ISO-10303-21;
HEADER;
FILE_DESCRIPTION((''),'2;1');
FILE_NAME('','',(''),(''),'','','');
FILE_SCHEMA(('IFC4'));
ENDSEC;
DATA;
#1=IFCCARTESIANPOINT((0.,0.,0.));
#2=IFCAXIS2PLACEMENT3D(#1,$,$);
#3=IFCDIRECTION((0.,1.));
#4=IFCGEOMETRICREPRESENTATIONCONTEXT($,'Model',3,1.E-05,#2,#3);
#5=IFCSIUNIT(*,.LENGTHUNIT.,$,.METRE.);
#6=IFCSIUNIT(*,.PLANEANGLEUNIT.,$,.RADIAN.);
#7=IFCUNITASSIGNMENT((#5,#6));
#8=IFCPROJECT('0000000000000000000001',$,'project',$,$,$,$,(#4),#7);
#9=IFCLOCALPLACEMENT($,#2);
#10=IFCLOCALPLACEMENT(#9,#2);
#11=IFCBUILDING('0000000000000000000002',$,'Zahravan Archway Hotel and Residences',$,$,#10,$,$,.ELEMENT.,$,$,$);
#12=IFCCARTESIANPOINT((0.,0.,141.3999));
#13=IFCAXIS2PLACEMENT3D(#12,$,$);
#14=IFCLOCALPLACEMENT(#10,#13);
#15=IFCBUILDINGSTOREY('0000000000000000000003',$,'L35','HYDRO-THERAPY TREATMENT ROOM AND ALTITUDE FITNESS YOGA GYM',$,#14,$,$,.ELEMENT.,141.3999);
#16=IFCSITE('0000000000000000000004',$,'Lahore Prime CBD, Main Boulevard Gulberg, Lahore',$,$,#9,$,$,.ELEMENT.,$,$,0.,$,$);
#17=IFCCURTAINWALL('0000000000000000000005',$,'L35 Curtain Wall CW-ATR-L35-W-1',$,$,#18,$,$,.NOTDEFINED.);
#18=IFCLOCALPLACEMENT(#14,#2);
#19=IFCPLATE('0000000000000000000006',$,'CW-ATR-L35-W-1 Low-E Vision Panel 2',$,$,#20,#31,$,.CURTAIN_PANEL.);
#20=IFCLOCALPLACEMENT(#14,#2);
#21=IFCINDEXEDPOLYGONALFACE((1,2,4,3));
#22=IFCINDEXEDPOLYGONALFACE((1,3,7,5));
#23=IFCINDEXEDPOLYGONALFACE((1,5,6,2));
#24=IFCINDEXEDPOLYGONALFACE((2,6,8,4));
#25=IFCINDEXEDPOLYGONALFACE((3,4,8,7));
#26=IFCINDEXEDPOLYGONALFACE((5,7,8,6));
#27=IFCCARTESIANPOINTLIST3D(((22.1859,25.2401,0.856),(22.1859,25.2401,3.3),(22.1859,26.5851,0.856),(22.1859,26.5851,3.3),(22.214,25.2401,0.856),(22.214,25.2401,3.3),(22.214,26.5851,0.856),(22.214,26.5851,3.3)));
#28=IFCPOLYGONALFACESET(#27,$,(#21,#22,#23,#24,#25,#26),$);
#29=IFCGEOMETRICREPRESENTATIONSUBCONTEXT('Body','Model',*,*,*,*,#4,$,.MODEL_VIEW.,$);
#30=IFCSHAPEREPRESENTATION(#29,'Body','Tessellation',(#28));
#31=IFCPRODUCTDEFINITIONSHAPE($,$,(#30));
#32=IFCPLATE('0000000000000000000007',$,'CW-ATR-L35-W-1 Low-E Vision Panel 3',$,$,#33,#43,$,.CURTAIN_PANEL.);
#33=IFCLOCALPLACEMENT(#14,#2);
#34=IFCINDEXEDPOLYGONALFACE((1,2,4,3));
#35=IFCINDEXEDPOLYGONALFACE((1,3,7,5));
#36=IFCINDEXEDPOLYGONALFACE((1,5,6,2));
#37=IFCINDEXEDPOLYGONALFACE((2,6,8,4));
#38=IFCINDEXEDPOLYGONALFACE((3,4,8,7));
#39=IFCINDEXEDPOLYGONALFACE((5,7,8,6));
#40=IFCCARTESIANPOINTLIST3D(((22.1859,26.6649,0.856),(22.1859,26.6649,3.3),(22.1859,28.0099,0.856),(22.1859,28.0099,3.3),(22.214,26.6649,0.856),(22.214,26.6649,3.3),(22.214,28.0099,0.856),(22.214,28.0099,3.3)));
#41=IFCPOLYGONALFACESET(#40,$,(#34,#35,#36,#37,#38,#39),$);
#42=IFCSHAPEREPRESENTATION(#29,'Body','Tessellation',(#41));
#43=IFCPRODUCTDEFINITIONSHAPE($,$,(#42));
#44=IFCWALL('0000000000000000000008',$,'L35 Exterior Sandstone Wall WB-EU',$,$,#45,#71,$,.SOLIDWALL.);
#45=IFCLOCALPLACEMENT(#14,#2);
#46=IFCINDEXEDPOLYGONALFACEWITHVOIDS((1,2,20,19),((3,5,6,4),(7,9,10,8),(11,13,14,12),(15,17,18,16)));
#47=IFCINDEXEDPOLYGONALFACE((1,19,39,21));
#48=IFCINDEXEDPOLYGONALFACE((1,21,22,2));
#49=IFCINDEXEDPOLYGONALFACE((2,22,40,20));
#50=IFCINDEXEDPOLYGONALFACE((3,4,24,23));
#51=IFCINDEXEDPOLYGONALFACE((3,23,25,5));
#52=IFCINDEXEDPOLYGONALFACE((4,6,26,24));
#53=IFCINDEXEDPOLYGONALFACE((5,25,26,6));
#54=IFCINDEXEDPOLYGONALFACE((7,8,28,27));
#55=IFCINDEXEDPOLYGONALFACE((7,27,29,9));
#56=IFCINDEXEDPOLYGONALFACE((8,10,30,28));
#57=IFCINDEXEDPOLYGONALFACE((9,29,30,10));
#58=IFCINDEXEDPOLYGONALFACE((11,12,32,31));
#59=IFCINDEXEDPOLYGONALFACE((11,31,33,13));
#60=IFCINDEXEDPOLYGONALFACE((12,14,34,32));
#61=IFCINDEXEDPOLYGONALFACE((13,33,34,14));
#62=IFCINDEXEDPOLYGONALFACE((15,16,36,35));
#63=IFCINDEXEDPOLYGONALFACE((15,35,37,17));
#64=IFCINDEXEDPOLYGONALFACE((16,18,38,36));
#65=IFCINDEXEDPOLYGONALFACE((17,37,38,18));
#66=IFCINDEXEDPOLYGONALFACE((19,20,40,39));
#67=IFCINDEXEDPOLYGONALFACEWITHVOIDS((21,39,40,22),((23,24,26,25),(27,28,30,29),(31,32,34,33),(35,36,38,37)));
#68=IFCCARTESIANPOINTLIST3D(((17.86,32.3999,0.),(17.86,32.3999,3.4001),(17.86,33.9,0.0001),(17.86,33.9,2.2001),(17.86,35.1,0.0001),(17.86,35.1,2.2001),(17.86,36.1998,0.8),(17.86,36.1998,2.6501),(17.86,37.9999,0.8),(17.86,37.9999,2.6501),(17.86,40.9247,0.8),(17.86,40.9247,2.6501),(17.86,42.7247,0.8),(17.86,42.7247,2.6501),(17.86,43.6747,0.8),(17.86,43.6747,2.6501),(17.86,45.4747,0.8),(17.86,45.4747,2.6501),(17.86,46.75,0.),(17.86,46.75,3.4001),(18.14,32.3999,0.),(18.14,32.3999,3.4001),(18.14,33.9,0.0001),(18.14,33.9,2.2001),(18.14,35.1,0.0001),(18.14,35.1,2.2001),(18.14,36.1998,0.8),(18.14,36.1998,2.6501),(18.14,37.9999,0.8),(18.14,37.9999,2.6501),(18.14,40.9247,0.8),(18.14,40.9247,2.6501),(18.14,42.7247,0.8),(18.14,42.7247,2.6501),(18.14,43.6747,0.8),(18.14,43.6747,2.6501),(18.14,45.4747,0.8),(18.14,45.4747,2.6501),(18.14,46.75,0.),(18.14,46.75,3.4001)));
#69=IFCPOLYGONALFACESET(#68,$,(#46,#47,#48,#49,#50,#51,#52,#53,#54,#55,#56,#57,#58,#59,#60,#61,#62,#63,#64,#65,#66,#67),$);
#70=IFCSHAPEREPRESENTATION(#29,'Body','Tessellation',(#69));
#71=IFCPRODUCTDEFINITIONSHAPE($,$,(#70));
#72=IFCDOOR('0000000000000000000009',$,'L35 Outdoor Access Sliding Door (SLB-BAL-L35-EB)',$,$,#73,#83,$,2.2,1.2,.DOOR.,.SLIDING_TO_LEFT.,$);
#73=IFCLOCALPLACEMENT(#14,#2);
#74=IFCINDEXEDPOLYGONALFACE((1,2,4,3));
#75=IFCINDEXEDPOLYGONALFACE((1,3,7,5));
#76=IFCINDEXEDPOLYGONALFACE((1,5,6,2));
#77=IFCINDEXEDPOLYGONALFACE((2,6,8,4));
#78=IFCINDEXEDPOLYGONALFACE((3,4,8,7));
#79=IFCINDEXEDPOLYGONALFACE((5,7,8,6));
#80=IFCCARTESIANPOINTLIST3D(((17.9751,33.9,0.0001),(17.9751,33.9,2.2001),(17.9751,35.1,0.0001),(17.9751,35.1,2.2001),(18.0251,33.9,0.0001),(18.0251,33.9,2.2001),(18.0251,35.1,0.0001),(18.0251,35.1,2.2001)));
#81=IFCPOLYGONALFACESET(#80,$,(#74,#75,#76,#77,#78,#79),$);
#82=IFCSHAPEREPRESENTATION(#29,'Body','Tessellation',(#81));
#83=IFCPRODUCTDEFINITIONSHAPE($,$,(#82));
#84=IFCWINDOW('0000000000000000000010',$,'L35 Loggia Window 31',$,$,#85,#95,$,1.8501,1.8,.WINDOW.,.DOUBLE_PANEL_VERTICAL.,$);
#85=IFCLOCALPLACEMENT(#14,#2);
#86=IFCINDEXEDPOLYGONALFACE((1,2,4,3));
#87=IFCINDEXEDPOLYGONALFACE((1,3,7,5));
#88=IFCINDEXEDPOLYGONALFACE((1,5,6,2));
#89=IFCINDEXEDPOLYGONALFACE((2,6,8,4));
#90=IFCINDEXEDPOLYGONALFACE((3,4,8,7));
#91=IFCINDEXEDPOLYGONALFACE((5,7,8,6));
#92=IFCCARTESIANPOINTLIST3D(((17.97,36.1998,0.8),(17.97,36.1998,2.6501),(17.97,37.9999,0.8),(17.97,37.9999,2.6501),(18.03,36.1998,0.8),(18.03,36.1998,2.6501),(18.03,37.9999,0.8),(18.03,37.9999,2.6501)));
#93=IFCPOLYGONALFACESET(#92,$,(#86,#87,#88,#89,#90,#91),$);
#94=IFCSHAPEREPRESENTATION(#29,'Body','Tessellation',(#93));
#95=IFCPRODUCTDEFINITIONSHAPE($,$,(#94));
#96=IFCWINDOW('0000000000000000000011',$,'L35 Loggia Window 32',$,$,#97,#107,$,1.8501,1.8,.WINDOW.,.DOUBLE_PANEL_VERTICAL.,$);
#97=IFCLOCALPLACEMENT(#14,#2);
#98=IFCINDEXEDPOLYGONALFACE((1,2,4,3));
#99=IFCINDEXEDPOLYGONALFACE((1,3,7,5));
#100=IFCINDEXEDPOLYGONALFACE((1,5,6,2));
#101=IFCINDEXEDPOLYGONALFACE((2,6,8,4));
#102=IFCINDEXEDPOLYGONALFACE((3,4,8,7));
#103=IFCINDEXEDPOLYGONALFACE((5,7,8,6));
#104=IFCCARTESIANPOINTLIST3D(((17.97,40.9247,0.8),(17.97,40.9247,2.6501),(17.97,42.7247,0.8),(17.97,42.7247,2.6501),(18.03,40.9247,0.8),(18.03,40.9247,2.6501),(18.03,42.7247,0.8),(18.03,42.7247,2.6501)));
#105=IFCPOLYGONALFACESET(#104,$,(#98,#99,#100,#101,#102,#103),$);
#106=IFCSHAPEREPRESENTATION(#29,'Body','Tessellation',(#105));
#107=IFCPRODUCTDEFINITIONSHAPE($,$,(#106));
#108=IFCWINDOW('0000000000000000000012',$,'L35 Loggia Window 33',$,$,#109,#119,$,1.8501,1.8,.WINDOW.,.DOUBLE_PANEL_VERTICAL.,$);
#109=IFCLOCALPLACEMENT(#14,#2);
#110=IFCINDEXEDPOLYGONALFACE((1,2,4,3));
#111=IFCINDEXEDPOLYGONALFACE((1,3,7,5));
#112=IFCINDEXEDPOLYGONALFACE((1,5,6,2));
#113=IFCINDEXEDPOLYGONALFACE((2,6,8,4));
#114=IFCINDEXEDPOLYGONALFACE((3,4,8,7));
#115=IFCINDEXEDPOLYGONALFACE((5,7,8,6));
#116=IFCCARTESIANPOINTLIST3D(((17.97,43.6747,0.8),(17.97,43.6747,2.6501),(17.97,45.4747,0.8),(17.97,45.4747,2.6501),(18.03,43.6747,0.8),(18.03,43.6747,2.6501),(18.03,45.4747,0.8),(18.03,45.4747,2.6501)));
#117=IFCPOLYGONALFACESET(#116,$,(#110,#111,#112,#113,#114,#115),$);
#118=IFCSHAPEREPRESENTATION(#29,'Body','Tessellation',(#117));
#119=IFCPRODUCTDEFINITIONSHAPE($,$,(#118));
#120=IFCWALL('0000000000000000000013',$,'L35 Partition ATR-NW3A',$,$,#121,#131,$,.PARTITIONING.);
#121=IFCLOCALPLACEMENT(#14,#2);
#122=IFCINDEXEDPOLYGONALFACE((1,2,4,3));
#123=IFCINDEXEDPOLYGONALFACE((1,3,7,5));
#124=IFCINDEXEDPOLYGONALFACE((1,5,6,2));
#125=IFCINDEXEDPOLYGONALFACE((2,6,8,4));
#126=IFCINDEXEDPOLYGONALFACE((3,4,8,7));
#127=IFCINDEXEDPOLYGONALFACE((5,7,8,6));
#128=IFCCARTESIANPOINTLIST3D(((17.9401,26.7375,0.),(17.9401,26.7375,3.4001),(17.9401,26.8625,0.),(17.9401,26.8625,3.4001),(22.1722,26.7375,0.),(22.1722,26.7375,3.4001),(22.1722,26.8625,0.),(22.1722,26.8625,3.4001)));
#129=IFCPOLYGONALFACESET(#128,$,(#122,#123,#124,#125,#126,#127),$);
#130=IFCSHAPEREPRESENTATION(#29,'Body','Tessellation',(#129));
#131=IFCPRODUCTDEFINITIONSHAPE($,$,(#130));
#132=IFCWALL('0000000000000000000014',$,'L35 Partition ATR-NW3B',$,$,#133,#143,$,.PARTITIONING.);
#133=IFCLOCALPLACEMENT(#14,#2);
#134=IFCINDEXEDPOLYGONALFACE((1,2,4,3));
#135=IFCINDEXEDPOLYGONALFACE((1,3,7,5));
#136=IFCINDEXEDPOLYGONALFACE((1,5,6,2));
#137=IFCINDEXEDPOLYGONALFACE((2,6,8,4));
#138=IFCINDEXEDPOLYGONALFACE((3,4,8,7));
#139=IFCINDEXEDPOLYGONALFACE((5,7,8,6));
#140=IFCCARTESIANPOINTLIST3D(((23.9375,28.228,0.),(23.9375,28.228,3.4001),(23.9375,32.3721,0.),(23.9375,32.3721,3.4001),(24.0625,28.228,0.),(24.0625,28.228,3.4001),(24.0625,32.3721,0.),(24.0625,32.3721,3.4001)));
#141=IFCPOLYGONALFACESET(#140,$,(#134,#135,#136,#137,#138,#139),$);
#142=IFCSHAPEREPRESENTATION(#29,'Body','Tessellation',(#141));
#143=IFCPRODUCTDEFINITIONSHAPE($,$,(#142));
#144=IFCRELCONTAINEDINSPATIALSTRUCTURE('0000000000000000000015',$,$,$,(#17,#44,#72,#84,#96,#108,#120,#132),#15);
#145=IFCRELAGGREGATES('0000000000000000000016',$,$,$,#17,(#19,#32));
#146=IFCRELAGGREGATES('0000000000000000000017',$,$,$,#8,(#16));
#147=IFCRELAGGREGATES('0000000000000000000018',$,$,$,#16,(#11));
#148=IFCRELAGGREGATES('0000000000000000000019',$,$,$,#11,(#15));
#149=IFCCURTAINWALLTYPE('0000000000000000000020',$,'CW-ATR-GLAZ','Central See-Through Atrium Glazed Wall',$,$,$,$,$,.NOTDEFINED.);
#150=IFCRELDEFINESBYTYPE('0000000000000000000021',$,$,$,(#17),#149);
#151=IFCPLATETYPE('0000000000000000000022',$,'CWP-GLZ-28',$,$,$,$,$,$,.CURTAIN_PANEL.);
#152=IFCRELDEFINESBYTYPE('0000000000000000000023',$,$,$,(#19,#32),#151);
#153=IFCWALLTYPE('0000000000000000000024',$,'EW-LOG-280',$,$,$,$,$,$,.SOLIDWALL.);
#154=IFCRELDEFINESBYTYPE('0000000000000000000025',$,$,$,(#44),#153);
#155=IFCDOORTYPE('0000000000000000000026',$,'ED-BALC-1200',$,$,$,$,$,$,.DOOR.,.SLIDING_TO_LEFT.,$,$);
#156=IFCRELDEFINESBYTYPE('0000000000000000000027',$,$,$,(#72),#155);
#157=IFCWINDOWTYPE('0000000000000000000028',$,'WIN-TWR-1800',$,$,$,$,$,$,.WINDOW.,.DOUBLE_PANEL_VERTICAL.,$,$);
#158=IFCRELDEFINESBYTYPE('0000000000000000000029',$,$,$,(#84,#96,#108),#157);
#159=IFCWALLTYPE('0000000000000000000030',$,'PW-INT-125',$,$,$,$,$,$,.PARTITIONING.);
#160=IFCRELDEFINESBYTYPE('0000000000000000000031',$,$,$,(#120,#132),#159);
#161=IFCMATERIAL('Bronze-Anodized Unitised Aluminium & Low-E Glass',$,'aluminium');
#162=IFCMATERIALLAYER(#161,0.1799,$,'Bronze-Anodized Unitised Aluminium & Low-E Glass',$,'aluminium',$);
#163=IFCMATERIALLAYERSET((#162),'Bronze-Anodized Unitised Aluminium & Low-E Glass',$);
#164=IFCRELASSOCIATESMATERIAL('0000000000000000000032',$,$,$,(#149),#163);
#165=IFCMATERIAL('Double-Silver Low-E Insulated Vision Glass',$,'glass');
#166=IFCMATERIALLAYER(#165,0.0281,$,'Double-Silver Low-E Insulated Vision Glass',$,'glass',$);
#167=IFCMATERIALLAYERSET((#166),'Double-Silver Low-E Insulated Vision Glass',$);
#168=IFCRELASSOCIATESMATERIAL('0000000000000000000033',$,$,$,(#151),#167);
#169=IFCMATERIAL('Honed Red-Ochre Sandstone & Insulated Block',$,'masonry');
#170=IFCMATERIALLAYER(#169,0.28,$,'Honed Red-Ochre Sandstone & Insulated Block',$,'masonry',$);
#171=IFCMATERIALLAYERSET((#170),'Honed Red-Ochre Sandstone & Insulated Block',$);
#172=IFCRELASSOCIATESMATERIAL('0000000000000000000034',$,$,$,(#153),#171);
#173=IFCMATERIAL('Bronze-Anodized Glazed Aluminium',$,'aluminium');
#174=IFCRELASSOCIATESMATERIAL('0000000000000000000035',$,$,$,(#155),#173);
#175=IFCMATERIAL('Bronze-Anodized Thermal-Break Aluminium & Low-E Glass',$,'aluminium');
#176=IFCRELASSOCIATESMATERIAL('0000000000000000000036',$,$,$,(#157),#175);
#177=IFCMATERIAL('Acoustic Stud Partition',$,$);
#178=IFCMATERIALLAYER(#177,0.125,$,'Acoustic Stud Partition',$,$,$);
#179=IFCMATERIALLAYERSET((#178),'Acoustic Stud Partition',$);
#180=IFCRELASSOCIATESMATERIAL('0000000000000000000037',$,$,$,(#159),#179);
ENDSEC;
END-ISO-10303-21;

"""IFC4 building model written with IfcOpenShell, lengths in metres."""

from ifc_helpers import new_model, si_unit, direction, frame, frame_2d, origin, origin_2d, place, context, subcontext, project, spatial, rectangle, extrude, source, transform, mapped, material, layer, layer_set, type_object, type_shapes, element, fill, aggregate, save


model = new_model("IFC4")

# Units and contexts
model_context = context("Model", 3, precision=1e-05, world=origin(), true_north=direction((0.0, 1.0)))
body_context = subcontext(model_context, "Body", "Model", "MODEL_VIEW")
ifc_project = project(units=[si_unit("LENGTHUNIT", "METRE"), si_unit("PLANEANGLEUNIT", "RADIAN")], contexts=[model_context])

# Site, building, storey
site_placement = place(None, origin())
site = spatial("IfcSite", under=ifc_project, at=site_placement, Name="Lahore Prime CBD, Main Boulevard Gulberg, Lahore", CompositionType="ELEMENT", RefElevation=0.0)
building_placement = place(site_placement, origin())
building = spatial("IfcBuilding", under=site, at=building_placement, Name="Zahravan Archway Hotel and Residences", CompositionType="ELEMENT")
storey_placement = place(building_placement, frame((0.0, 0.0, 141.3999)))
storey = spatial("IfcBuildingStorey", under=building, at=storey_placement, Name="L35", Description="HYDRO-THERAPY TREATMENT ROOM AND ALTITUDE FITNESS YOGA GYM", CompositionType="ELEMENT", Elevation=141.3999)

# Curtain wall
ifc_material_1 = material(Name="Bronze-Anodized Unitised Aluminium & Low-E Glass", Category="aluminium")
ifc_layer_1 = layer(ifc_material_1, 0.1799, Name="Bronze-Anodized Unitised Aluminium & Low-E Glass", Category="aluminium")
ifc_layer_set_1 = layer_set([ifc_layer_1], Name="Bronze-Anodized Unitised Aluminium & Low-E Glass")
curtain_wall_type = type_object("IfcCurtainWallType", Name="CW-ATR-GLAZ", Description="Central See-Through Atrium Glazed Wall", PredefinedType="NOTDEFINED", material=ifc_layer_set_1)
curtain_wall_1_placement = place(storey_placement, origin())
curtain_wall_1 = element("IfcCurtainWall", 1, at=curtain_wall_1_placement, inside=storey, type_object=curtain_wall_type, Name="L35 Curtain Wall CW-ATR-L35-W-1", PredefinedType="NOTDEFINED")

# Plates
ifc_material_2 = material(Name="Double-Silver Low-E Insulated Vision Glass", Category="glass")
ifc_layer_2 = layer(ifc_material_2, 0.0281, Name="Double-Silver Low-E Insulated Vision Glass", Category="glass")
ifc_layer_set_2 = layer_set([ifc_layer_2], Name="Double-Silver Low-E Insulated Vision Glass")
plate_type_1 = type_object("IfcPlateType", Name="CWP-GLZ-28", PredefinedType="CURTAIN_PANEL", material=ifc_layer_set_2)
shared_shape_1 = source(origin(), body_context, "Body", "SweptSolid", [
    extrude(rectangle(XDim=1.345, YDim=0.0281, at=origin_2d()), origin(), (0.0, 0.0, 1.0), 2.4441),
])
plate_1_placement = place(storey_placement, frame((22.2, 25.9126, 0.856), z_axis=(0.0, 0.0, 1.0), x_axis=(0.0, 1.0, 0.0)))
plate_1 = element("IfcPlate", 2, at=plate_1_placement, type_object=plate_type_1, Name="CW-ATR-L35-W-1 Low-E Vision Panel 2", PredefinedType="CURTAIN_PANEL", context=body_context, shape_type="MappedRepresentation", body=[
    mapped(shared_shape_1, transform((0.0, 0.0, 0.0), scale=1.0)),
])
plate_2_placement = place(storey_placement, frame((22.2, 27.3374, 0.856), z_axis=(0.0, 0.0, 1.0), x_axis=(0.0, 1.0, 0.0)))
plate_2 = element("IfcPlate", 3, at=plate_2_placement, type_object=plate_type_1, Name="CW-ATR-L35-W-1 Low-E Vision Panel 3", PredefinedType="CURTAIN_PANEL", context=body_context, shape_type="MappedRepresentation", body=[
    mapped(shared_shape_1, transform((0.0, 0.0, 0.0), scale=1.0)),
])
aggregate(curtain_wall_1, [plate_1, plate_2])

# Wall, openings, door, windows
ifc_material_3 = material(Name="Honed Red-Ochre Sandstone & Insulated Block", Category="masonry")
ifc_layer_3 = layer(ifc_material_3, 0.28, Name="Honed Red-Ochre Sandstone & Insulated Block", Category="masonry")
ifc_layer_set_3 = layer_set([ifc_layer_3], Name="Honed Red-Ochre Sandstone & Insulated Block")
wall_type_1 = type_object("IfcWallType", Name="EW-LOG-280", PredefinedType="SOLIDWALL", material=ifc_layer_set_3)
wall_1_placement = place(storey_placement, frame((18.0, 32.3999, 0.0), z_axis=(0.0, 0.0, 1.0), x_axis=(0.0, 1.0, 0.0)))
wall_1 = element("IfcWall", 4, at=wall_1_placement, inside=storey, type_object=wall_type_1, Name="L35 Exterior Sandstone Wall WB-EU", PredefinedType="SOLIDWALL", context=body_context, shape_type="SweptSolid", body=[
    extrude(rectangle(XDim=14.3501, YDim=0.28, at=frame_2d((7.175, 0.0))), origin(), (0.0, 0.0, 1.0), 3.4001),
])
opening_1_placement = place(wall_1_placement, frame((1.5, 0.0, 0.0)))
opening_1 = element("IfcOpeningElement", 5, at=opening_1_placement, cuts=wall_1, PredefinedType="OPENING", context=body_context, shape_type="SweptSolid", body=[
    extrude(rectangle(XDim=1.2, YDim=2.2, at=frame_2d((0.6001, 1.1001))), frame((0.0, 0.1499, 0.0), z_axis=(0.0, -1.0, 0.0), x_axis=(1.0, 0.0, 0.0)), (0.0, 0.0, 1.0), 0.3),
])
opening_2_placement = place(wall_1_placement, frame((3.8, 0.0, 0.8)))
opening_2 = element("IfcOpeningElement", 6, at=opening_2_placement, cuts=wall_1, PredefinedType="OPENING", context=body_context, shape_type="SweptSolid", body=[
    extrude(rectangle(XDim=1.8, YDim=1.8501, at=frame_2d((0.8999, 0.925))), frame((0.0, 0.1499, 0.0), z_axis=(0.0, -1.0, 0.0), x_axis=(1.0, 0.0, 0.0)), (0.0, 0.0, 1.0), 0.3),
])
opening_3_placement = place(wall_1_placement, frame((8.5249, 0.0, 0.8)))
opening_3 = element("IfcOpeningElement", 7, at=opening_3_placement, cuts=wall_1, PredefinedType="OPENING", context=body_context, shape_type="SweptSolid", body=[
    extrude(rectangle(XDim=1.8, YDim=1.8501, at=frame_2d((0.8999, 0.925))), frame((0.0, 0.1499, 0.0), z_axis=(0.0, -1.0, 0.0), x_axis=(1.0, 0.0, 0.0)), (0.0, 0.0, 1.0), 0.3),
])
opening_4_placement = place(wall_1_placement, frame((11.2749, 0.0, 0.8)))
opening_4 = element("IfcOpeningElement", 8, at=opening_4_placement, cuts=wall_1, PredefinedType="OPENING", context=body_context, shape_type="SweptSolid", body=[
    extrude(rectangle(XDim=1.8, YDim=1.8501, at=frame_2d((0.8999, 0.925))), frame((0.0, 0.1499, 0.0), z_axis=(0.0, -1.0, 0.0), x_axis=(1.0, 0.0, 0.0)), (0.0, 0.0, 1.0), 0.3),
])
ifc_material_4 = material(Name="Bronze-Anodized Glazed Aluminium", Category="aluminium")
door_type = type_object("IfcDoorType", Name="ED-BALC-1200", OperationType="SLIDING_TO_LEFT", PredefinedType="DOOR", material=ifc_material_4)
shared_shape_2 = source(origin(), body_context, "Body", "SweptSolid", [
    extrude(rectangle(XDim=1.2, YDim=2.2, at=frame_2d((0.6001, 1.1001))), frame((0.0, 0.0249, 0.0), z_axis=(0.0, -1.0, 0.0), x_axis=(1.0, 0.0, 0.0)), (0.0, 0.0, 1.0), 0.05),
])
type_shapes(door_type, [shared_shape_2])
door_placement = place(opening_1_placement, origin())
door = element("IfcDoor", 9, at=door_placement, inside=storey, type_object=door_type, Name="L35 Outdoor Access Sliding Door (SLB-BAL-L35-EB)", OperationType="SLIDING_TO_LEFT", OverallHeight=2.2, OverallWidth=1.2, PredefinedType="DOOR", context=body_context, shape_type="MappedRepresentation", body=[
    mapped(shared_shape_2, transform((0.0, 0.0, 0.0), scale=1.0)),
])
fill(opening_1, door)
ifc_material_5 = material(Name="Bronze-Anodized Thermal-Break Aluminium & Low-E Glass", Category="aluminium")
window_type = type_object("IfcWindowType", Name="WIN-TWR-1800", PartitioningType="DOUBLE_PANEL_VERTICAL", PredefinedType="WINDOW", material=ifc_material_5)
shared_shape_3 = source(origin(), body_context, "Body", "SweptSolid", [
    extrude(rectangle(XDim=1.8, YDim=1.8501, at=frame_2d((0.8999, 0.925))), frame((0.0, 0.03, 0.0), z_axis=(0.0, -1.0, 0.0), x_axis=(1.0, 0.0, 0.0)), (0.0, 0.0, 1.0), 0.0601),
])
type_shapes(window_type, [shared_shape_3])
window_1_placement = place(opening_2_placement, origin())
window_1 = element("IfcWindow", 10, at=window_1_placement, inside=storey, type_object=window_type, Name="L35 Loggia Window 31", OverallHeight=1.8501, OverallWidth=1.8, PartitioningType="DOUBLE_PANEL_VERTICAL", PredefinedType="WINDOW", context=body_context, shape_type="MappedRepresentation", body=[
    mapped(shared_shape_3, transform((0.0, 0.0, 0.0), scale=1.0)),
])
fill(opening_2, window_1)
window_2_placement = place(opening_3_placement, origin())
window_2 = element("IfcWindow", 11, at=window_2_placement, inside=storey, type_object=window_type, Name="L35 Loggia Window 32", OverallHeight=1.8501, OverallWidth=1.8, PartitioningType="DOUBLE_PANEL_VERTICAL", PredefinedType="WINDOW", context=body_context, shape_type="MappedRepresentation", body=[
    mapped(shared_shape_3, transform((0.0, 0.0, 0.0), scale=1.0)),
])
fill(opening_3, window_2)
window_3_placement = place(opening_4_placement, origin())
window_3 = element("IfcWindow", 12, at=window_3_placement, inside=storey, type_object=window_type, Name="L35 Loggia Window 33", OverallHeight=1.8501, OverallWidth=1.8, PartitioningType="DOUBLE_PANEL_VERTICAL", PredefinedType="WINDOW", context=body_context, shape_type="MappedRepresentation", body=[
    mapped(shared_shape_3, transform((0.0, 0.0, 0.0), scale=1.0)),
])
fill(opening_4, window_3)

# Walls
ifc_material_6 = material(Name="Acoustic Stud Partition")
ifc_layer_4 = layer(ifc_material_6, 0.125, Name="Acoustic Stud Partition")
ifc_layer_set_4 = layer_set([ifc_layer_4], Name="Acoustic Stud Partition")
wall_type_2 = type_object("IfcWallType", Name="PW-INT-125", PredefinedType="PARTITIONING", material=ifc_layer_set_4)
wall_2_placement = place(storey_placement, frame((17.9399, 26.8, 0.0), z_axis=(0.0, 0.0, 1.0), x_axis=(1.0, 0.0, 0.0)))
element("IfcWall", 13, at=wall_2_placement, inside=storey, type_object=wall_type_2, Name="L35 Partition ATR-NW3A", PredefinedType="PARTITIONING", context=body_context, shape_type="SweptSolid", body=[
    extrude(rectangle(XDim=4.2322, YDim=0.125, at=frame_2d((2.1162, 0.0))), origin(), (0.0, 0.0, 1.0), 3.4001),
])
wall_3_placement = place(storey_placement, frame((24.0, 28.228, 0.0), z_axis=(0.0, 0.0, 1.0), x_axis=(0.0, 1.0, 0.0)))
element("IfcWall", 14, at=wall_3_placement, inside=storey, type_object=wall_type_2, Name="L35 Partition ATR-NW3B", PredefinedType="PARTITIONING", context=body_context, shape_type="SweptSolid", body=[
    extrude(rectangle(XDim=4.144, YDim=0.125, at=frame_2d((2.072, 0.0))), origin(), (0.0, 0.0, 1.0), 3.4001),
])

save(model, "model.ifc")
